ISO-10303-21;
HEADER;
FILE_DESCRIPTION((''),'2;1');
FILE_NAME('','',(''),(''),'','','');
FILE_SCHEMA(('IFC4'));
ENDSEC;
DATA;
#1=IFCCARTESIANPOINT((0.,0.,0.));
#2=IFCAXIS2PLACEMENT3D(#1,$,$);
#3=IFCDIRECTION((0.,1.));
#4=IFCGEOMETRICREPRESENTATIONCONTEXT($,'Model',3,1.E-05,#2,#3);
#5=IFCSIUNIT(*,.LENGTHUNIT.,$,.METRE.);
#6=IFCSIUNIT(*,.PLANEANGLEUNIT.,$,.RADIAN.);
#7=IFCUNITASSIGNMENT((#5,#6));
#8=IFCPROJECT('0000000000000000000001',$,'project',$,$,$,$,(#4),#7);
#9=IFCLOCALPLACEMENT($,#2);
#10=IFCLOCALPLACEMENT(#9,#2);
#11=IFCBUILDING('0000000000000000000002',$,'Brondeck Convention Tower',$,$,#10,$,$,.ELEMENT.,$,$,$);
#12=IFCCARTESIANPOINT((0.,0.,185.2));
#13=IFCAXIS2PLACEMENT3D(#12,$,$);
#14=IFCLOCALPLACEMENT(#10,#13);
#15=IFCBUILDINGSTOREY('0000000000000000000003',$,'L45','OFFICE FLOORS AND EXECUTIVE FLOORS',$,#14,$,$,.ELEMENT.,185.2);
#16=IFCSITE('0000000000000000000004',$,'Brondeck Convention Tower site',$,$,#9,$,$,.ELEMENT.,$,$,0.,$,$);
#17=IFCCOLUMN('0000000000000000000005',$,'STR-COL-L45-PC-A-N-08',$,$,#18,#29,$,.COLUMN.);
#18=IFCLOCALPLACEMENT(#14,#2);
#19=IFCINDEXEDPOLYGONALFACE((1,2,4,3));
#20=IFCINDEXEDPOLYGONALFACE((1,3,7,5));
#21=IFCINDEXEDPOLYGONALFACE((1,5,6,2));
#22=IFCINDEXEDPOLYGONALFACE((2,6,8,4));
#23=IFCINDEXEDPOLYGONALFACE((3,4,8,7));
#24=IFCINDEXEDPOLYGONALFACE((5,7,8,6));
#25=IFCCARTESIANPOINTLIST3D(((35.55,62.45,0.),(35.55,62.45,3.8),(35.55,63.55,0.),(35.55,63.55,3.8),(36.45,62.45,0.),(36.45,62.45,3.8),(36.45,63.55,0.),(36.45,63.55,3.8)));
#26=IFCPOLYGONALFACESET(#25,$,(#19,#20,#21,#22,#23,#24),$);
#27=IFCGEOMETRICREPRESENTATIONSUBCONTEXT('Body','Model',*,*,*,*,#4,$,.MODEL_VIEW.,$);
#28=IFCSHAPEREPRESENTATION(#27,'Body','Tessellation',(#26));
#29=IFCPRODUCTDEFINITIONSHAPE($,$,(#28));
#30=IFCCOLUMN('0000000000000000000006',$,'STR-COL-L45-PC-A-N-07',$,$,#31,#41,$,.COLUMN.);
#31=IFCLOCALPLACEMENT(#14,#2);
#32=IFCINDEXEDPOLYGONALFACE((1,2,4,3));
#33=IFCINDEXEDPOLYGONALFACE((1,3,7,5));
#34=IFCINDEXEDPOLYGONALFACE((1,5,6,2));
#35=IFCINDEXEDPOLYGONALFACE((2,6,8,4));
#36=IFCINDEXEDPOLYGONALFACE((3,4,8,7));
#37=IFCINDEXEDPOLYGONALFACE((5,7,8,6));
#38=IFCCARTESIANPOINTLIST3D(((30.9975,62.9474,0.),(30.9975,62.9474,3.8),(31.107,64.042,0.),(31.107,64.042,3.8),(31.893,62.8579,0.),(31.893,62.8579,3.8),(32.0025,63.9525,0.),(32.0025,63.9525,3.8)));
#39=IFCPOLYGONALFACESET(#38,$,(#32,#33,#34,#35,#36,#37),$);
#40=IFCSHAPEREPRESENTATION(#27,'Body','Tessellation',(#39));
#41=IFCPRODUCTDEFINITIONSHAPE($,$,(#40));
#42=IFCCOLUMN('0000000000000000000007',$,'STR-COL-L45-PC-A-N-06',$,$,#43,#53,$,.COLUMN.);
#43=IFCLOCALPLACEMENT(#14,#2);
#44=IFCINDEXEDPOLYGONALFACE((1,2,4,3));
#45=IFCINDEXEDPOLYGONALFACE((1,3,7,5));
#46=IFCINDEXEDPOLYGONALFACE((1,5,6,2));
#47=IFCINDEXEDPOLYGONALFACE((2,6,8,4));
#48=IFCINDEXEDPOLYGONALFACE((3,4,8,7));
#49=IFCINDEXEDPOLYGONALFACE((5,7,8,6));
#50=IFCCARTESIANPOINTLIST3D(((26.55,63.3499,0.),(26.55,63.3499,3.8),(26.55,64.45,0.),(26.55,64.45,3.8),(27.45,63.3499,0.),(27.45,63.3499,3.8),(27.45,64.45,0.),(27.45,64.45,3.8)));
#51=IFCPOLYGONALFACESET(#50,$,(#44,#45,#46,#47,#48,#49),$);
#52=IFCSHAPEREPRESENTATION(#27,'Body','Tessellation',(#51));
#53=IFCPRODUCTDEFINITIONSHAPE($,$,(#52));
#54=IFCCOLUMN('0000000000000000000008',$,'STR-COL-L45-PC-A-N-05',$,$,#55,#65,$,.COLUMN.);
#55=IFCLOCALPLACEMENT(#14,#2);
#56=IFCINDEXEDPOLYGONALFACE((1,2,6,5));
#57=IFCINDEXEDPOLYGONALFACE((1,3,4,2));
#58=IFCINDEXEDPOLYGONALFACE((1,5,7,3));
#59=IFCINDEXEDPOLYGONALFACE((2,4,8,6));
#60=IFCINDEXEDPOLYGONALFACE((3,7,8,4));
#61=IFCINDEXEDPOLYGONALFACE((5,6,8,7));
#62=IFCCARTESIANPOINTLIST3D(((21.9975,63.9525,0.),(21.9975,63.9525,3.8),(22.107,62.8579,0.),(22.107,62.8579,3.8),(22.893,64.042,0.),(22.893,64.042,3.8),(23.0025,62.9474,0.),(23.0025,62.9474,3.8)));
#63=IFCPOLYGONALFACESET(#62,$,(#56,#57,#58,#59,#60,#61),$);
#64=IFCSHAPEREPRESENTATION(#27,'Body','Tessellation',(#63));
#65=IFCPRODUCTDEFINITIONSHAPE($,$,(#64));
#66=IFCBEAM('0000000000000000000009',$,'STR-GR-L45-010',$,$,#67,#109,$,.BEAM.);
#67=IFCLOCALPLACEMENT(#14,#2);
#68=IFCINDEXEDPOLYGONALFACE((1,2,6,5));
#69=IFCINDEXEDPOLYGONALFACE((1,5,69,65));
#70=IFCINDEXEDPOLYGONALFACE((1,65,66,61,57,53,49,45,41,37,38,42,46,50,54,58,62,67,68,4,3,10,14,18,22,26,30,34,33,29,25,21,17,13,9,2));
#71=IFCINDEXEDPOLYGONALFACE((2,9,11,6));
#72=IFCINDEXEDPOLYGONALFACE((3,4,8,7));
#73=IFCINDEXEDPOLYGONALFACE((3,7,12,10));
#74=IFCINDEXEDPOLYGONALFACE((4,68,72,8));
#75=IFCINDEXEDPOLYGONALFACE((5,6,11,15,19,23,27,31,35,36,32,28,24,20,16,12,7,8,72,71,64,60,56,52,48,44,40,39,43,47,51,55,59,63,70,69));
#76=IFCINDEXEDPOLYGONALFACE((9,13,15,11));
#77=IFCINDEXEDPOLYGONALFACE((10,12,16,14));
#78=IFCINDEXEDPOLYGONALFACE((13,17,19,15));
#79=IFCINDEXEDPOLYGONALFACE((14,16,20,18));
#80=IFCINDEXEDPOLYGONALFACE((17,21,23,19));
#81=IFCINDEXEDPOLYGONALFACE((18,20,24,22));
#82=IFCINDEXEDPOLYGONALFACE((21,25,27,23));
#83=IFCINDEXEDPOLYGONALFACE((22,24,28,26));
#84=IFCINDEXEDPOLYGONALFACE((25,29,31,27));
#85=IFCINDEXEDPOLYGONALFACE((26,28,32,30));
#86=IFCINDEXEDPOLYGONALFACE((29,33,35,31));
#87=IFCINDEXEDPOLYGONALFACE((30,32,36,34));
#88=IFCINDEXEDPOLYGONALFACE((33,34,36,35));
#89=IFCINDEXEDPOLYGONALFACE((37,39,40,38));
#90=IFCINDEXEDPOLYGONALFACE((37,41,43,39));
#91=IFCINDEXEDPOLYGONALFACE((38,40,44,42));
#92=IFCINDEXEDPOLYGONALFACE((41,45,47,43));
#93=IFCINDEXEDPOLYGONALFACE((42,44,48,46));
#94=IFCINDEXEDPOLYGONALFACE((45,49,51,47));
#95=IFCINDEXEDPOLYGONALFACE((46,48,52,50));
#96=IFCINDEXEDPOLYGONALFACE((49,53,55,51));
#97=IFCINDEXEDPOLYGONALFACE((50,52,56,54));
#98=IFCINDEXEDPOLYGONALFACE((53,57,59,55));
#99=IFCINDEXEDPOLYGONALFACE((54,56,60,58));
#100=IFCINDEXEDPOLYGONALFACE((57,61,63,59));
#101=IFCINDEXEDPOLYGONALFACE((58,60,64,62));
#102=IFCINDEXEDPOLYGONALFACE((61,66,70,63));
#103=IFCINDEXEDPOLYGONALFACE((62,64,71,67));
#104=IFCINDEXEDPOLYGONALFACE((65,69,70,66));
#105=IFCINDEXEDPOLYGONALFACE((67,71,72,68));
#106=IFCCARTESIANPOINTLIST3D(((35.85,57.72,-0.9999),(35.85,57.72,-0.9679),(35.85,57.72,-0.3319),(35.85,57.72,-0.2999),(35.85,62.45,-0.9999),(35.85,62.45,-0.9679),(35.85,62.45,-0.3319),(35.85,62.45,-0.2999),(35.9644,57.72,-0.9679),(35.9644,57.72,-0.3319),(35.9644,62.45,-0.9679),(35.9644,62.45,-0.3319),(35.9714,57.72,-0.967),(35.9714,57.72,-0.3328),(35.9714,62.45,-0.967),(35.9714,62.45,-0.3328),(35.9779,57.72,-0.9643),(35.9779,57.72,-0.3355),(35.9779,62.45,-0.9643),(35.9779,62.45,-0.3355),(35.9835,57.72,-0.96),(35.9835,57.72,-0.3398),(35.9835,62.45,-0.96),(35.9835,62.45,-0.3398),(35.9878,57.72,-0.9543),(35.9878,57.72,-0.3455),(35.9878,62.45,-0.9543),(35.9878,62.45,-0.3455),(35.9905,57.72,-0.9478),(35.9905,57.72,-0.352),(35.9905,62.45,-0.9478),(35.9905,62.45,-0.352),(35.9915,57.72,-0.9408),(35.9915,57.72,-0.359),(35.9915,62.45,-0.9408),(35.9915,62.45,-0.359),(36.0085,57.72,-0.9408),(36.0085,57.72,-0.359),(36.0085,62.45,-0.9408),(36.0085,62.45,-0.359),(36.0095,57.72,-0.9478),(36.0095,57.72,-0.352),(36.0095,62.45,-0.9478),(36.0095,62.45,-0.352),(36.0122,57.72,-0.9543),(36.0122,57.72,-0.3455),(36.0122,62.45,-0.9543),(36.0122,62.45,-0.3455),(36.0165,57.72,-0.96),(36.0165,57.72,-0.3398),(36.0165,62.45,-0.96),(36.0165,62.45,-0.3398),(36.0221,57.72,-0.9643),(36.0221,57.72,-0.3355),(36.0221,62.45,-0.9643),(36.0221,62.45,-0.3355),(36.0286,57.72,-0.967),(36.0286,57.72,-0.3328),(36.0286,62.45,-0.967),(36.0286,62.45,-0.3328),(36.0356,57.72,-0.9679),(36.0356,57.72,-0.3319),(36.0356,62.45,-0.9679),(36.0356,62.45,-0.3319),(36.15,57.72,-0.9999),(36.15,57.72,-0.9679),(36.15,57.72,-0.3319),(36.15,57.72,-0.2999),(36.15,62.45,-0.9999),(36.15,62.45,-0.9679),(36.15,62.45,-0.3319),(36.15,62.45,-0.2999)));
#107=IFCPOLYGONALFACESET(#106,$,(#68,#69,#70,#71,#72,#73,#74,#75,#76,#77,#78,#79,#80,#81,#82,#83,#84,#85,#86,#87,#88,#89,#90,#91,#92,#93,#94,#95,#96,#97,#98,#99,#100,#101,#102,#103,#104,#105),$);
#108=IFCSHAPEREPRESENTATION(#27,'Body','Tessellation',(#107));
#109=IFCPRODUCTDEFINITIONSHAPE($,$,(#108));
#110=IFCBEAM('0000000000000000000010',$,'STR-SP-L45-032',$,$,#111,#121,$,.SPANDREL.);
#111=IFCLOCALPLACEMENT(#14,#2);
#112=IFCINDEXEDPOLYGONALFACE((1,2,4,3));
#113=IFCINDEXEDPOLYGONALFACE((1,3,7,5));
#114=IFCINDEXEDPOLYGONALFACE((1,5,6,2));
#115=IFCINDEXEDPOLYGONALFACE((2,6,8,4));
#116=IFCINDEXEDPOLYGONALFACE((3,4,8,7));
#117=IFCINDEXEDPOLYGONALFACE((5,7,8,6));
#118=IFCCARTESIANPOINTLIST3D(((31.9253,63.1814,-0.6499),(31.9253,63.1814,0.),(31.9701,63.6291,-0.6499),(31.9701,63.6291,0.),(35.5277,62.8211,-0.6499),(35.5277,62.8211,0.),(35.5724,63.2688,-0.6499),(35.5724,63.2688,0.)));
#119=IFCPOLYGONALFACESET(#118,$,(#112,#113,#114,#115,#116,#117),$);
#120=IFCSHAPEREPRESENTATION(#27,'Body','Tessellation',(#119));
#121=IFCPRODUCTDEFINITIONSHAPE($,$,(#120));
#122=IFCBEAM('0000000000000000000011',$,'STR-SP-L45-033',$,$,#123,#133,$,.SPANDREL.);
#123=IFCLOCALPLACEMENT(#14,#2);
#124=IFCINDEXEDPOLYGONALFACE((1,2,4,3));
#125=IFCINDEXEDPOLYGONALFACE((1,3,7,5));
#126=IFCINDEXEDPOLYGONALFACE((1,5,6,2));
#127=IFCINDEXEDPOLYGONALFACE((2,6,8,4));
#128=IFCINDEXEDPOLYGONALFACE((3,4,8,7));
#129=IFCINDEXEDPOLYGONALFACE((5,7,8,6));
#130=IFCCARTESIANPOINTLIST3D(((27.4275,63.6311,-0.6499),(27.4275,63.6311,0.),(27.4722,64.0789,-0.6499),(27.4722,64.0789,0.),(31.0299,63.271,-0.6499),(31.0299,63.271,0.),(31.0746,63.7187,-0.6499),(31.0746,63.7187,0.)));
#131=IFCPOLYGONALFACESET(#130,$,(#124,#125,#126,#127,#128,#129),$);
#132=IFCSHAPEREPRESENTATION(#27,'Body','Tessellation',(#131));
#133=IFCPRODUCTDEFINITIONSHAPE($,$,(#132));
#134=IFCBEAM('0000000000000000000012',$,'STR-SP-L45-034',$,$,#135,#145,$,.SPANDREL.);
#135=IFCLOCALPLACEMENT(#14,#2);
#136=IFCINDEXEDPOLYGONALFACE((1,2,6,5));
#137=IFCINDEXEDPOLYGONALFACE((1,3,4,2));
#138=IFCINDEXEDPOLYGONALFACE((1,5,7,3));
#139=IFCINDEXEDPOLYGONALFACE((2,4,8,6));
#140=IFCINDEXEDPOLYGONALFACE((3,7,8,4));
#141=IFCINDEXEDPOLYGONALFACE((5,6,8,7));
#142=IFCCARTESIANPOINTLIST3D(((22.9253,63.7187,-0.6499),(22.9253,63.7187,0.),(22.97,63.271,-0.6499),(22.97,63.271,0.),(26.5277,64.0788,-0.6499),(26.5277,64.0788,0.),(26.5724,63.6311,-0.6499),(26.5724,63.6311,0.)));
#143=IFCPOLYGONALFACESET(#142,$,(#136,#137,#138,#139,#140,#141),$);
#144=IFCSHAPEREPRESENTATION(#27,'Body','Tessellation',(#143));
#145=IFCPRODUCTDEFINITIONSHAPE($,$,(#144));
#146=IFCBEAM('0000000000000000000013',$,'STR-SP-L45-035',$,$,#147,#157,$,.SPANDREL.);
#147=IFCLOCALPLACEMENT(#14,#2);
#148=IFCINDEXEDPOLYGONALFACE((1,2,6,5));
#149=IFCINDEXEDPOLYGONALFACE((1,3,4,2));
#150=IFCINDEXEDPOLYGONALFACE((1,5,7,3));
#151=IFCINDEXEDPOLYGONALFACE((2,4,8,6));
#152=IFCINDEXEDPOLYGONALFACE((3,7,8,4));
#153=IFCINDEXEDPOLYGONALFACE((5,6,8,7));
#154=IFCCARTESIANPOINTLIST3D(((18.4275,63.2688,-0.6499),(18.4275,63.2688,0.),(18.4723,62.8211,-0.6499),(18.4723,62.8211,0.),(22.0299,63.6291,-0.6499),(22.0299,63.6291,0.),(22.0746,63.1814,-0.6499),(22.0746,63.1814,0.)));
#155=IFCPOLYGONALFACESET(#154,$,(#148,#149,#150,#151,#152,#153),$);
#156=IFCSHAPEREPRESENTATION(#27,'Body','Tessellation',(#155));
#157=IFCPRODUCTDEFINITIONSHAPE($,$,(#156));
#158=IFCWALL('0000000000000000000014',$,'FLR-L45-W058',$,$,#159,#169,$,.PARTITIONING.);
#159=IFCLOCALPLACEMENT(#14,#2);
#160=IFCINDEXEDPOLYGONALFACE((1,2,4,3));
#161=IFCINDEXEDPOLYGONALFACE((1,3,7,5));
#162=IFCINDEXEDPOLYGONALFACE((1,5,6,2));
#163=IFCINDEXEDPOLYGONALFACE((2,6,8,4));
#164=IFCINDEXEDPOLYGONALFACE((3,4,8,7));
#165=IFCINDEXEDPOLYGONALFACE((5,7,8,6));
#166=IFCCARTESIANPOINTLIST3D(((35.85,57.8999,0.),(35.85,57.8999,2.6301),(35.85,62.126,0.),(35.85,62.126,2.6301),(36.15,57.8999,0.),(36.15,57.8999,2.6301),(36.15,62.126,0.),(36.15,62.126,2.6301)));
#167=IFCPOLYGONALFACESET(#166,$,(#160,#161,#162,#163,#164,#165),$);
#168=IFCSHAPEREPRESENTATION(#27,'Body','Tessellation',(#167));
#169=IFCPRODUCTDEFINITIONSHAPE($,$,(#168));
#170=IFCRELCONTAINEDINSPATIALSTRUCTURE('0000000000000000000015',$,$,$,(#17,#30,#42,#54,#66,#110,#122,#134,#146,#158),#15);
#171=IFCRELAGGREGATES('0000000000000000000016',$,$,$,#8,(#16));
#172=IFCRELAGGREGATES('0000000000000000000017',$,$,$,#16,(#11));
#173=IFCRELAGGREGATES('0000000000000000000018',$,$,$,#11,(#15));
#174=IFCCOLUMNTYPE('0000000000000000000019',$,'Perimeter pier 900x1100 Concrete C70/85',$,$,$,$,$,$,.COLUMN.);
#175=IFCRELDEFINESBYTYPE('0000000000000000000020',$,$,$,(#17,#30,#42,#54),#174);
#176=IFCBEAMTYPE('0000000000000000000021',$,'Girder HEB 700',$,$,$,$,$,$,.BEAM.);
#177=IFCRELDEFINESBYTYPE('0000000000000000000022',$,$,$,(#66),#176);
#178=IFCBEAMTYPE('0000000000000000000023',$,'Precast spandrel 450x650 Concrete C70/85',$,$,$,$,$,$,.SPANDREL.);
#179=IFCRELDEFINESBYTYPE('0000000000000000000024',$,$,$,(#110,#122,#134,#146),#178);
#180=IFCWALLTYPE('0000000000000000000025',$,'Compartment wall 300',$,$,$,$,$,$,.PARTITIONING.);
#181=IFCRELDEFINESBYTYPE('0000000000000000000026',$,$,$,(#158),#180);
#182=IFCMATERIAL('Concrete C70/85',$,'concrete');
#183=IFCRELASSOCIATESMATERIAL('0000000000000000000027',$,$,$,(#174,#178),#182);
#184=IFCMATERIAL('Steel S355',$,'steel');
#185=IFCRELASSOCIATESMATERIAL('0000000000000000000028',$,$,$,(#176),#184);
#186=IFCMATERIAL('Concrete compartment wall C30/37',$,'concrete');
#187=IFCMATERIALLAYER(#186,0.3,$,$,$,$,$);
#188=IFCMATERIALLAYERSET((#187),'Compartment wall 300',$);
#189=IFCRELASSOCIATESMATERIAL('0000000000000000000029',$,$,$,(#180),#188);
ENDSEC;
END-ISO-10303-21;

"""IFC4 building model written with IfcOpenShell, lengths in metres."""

from ifc_helpers import new_model, si_unit, direction, frame, frame_2d, origin, origin_2d, place, context, subcontext, project, spatial, rectangle, i_section, extrude, material, layer, layer_set, material_profile, profile_set, type_object, element, save


model = new_model("IFC4")

# Units and contexts
model_context = context("Model", 3, precision=1e-05, world=origin(), true_north=direction((0.0, 1.0)))
body_context = subcontext(model_context, "Body", "Model", "MODEL_VIEW")
ifc_project = project(units=[si_unit("LENGTHUNIT", "METRE"), si_unit("PLANEANGLEUNIT", "RADIAN")], contexts=[model_context])

# Site, building, storey
site_placement = place(None, origin())
site = spatial("IfcSite", under=ifc_project, at=site_placement, Name="Brondeck Convention Tower site", CompositionType="ELEMENT", RefElevation=0.0)
building_placement = place(site_placement, origin())
building = spatial("IfcBuilding", under=site, at=building_placement, Name="Brondeck Convention Tower", CompositionType="ELEMENT")
storey_placement = place(building_placement, frame((0.0, 0.0, 185.2)))
storey = spatial("IfcBuildingStorey", under=building, at=storey_placement, Name="L45", Description="OFFICE FLOORS AND EXECUTIVE FLOORS", CompositionType="ELEMENT", Elevation=185.2)

# Columns
ifc_material_1 = material(Name="Concrete C70/85", Category="concrete")
ifc_material_profile_1 = material_profile(ifc_material_1, rectangle(XDim=0.8999, YDim=1.1001, at=origin_2d()), Name="Perimeter pier 900x1100 Concrete C70/85")
ifc_profile_set_1 = profile_set([ifc_material_profile_1], Name="Concrete C70/85")
column_type = type_object("IfcColumnType", Name="Perimeter pier 900x1100 Concrete C70/85", PredefinedType="COLUMN", material=ifc_profile_set_1)
for number, where, z_axis, x_axis, name in (
    (1, (36.0, 63.0, 0.0), (0.0, 0.0, 1.0), (-1.0, 0.0, 0.0), "STR-COL-L45-PC-A-N-08"),
    (2, (31.5, 63.45, 0.0), (0.0, 0.0, 1.0), (-0.995037, 0.099504, 0.0), "STR-COL-L45-PC-A-N-07"),
    (3, (27.0, 63.8999, 0.0), (0.0, 0.0, 1.0), (-1.0, 0.0, 0.0), "STR-COL-L45-PC-A-N-06"),
    (4, (22.5, 63.45, 0.0), (0.0, 0.0, 1.0), (-0.995037, -0.099504, 0.0), "STR-COL-L45-PC-A-N-05"),
):
    element("IfcColumn", number, at=place(storey_placement, frame(where, z_axis=z_axis, x_axis=x_axis)), inside=storey, type_object=column_type, Name=name, PredefinedType="COLUMN", context=body_context, shape_type="SweptSolid", body=[
        extrude(rectangle(XDim=0.8999, YDim=1.1001, at=origin_2d()), origin(), (0.0, 0.0, 1.0), 3.8),
    ])

# Beams
ifc_material_2 = material(Name="Steel S355", Category="steel")
ifc_material_profile_2 = material_profile(ifc_material_2, i_section(OverallWidth=0.3, OverallDepth=0.7, WebThickness=0.0171, FlangeThickness=0.032, FilletRadius=0.0271, at=origin_2d()), Name="HEB 700")
ifc_profile_set_2 = profile_set([ifc_material_profile_2], Name="Steel S355")
beam_type_1 = type_object("IfcBeamType", Name="Girder HEB 700", PredefinedType="BEAM", material=ifc_profile_set_2)
beam_placement = place(storey_placement, frame((36.0, 57.72, -0.6499), z_axis=(0.0, 1.0, 0.0), x_axis=(-1.0, 0.0, 0.0)))
element("IfcBeam", 5, at=beam_placement, inside=storey, type_object=beam_type_1, Name="STR-GR-L45-010", PredefinedType="BEAM", context=body_context, shape_type="SweptSolid", body=[
    extrude(i_section(OverallWidth=0.3, OverallDepth=0.7, WebThickness=0.0171, FlangeThickness=0.032, FilletRadius=0.0271, at=origin_2d()), origin(), (0.0, 0.0, 1.0), 4.73),
])
ifc_material_profile_3 = material_profile(ifc_material_1, rectangle(XDim=0.45, YDim=0.6499, at=origin_2d()), Name="Precast spandrel 450x650 Concrete C70/85")
ifc_profile_set_3 = profile_set([ifc_material_profile_3], Name="Concrete C70/85")
beam_type_2 = type_object("IfcBeamType", Name="Precast spandrel 450x650 Concrete C70/85", PredefinedType="SPANDREL", material=ifc_profile_set_3)
for number, where, z_axis, x_axis, name in (
    (6, (35.55, 63.0449, -0.325), (-0.995034, 0.099537, 0.0), (-0.099537, -0.995034, 0.0), "STR-SP-L45-032"),
    (7, (31.0522, 63.4949, -0.325), (-0.995041, 0.09947, 0.0), (-0.09947, -0.995041, 0.0), "STR-SP-L45-033"),
    (8, (26.55, 63.855, -0.325), (-0.995041, -0.09947, 0.0), (0.09947, -0.995041, 0.0), "STR-SP-L45-034"),
    (9, (22.0522, 63.4053, -0.325), (-0.995034, -0.099537, 0.0), (0.099537, -0.995034, 0.0), "STR-SP-L45-035"),
):
    element("IfcBeam", number, at=place(storey_placement, frame(where, z_axis=z_axis, x_axis=x_axis)), inside=storey, type_object=beam_type_2, Name=name, PredefinedType="SPANDREL", context=body_context, shape_type="SweptSolid", body=[
        extrude(rectangle(XDim=0.45, YDim=0.6499, at=origin_2d()), origin(), (0.0, 0.0, 1.0), 3.6204),
    ])

# Wall
ifc_material_3 = material(Name="Concrete compartment wall C30/37", Category="concrete")
ifc_layer_1 = layer(ifc_material_3, 0.3)
ifc_layer_set_1 = layer_set([ifc_layer_1], Name="Compartment wall 300")
wall_type_1 = type_object("IfcWallType", Name="Compartment wall 300", PredefinedType="PARTITIONING", material=ifc_layer_set_1)
wall_1_placement = place(storey_placement, frame((36.0, 57.8999, 0.0), z_axis=(0.0, 0.0, 1.0), x_axis=(0.0, 1.0, 0.0)))
element("IfcWall", 10, at=wall_1_placement, inside=storey, type_object=wall_type_1, Name="FLR-L45-W058", PredefinedType="PARTITIONING", context=body_context, shape_type="SweptSolid", body=[
    extrude(rectangle(XDim=4.2261, YDim=0.3, at=frame_2d((2.113, 0.0))), origin(), (0.0, 0.0, 1.0), 2.6301),
])

save(model, "model.ifc")
